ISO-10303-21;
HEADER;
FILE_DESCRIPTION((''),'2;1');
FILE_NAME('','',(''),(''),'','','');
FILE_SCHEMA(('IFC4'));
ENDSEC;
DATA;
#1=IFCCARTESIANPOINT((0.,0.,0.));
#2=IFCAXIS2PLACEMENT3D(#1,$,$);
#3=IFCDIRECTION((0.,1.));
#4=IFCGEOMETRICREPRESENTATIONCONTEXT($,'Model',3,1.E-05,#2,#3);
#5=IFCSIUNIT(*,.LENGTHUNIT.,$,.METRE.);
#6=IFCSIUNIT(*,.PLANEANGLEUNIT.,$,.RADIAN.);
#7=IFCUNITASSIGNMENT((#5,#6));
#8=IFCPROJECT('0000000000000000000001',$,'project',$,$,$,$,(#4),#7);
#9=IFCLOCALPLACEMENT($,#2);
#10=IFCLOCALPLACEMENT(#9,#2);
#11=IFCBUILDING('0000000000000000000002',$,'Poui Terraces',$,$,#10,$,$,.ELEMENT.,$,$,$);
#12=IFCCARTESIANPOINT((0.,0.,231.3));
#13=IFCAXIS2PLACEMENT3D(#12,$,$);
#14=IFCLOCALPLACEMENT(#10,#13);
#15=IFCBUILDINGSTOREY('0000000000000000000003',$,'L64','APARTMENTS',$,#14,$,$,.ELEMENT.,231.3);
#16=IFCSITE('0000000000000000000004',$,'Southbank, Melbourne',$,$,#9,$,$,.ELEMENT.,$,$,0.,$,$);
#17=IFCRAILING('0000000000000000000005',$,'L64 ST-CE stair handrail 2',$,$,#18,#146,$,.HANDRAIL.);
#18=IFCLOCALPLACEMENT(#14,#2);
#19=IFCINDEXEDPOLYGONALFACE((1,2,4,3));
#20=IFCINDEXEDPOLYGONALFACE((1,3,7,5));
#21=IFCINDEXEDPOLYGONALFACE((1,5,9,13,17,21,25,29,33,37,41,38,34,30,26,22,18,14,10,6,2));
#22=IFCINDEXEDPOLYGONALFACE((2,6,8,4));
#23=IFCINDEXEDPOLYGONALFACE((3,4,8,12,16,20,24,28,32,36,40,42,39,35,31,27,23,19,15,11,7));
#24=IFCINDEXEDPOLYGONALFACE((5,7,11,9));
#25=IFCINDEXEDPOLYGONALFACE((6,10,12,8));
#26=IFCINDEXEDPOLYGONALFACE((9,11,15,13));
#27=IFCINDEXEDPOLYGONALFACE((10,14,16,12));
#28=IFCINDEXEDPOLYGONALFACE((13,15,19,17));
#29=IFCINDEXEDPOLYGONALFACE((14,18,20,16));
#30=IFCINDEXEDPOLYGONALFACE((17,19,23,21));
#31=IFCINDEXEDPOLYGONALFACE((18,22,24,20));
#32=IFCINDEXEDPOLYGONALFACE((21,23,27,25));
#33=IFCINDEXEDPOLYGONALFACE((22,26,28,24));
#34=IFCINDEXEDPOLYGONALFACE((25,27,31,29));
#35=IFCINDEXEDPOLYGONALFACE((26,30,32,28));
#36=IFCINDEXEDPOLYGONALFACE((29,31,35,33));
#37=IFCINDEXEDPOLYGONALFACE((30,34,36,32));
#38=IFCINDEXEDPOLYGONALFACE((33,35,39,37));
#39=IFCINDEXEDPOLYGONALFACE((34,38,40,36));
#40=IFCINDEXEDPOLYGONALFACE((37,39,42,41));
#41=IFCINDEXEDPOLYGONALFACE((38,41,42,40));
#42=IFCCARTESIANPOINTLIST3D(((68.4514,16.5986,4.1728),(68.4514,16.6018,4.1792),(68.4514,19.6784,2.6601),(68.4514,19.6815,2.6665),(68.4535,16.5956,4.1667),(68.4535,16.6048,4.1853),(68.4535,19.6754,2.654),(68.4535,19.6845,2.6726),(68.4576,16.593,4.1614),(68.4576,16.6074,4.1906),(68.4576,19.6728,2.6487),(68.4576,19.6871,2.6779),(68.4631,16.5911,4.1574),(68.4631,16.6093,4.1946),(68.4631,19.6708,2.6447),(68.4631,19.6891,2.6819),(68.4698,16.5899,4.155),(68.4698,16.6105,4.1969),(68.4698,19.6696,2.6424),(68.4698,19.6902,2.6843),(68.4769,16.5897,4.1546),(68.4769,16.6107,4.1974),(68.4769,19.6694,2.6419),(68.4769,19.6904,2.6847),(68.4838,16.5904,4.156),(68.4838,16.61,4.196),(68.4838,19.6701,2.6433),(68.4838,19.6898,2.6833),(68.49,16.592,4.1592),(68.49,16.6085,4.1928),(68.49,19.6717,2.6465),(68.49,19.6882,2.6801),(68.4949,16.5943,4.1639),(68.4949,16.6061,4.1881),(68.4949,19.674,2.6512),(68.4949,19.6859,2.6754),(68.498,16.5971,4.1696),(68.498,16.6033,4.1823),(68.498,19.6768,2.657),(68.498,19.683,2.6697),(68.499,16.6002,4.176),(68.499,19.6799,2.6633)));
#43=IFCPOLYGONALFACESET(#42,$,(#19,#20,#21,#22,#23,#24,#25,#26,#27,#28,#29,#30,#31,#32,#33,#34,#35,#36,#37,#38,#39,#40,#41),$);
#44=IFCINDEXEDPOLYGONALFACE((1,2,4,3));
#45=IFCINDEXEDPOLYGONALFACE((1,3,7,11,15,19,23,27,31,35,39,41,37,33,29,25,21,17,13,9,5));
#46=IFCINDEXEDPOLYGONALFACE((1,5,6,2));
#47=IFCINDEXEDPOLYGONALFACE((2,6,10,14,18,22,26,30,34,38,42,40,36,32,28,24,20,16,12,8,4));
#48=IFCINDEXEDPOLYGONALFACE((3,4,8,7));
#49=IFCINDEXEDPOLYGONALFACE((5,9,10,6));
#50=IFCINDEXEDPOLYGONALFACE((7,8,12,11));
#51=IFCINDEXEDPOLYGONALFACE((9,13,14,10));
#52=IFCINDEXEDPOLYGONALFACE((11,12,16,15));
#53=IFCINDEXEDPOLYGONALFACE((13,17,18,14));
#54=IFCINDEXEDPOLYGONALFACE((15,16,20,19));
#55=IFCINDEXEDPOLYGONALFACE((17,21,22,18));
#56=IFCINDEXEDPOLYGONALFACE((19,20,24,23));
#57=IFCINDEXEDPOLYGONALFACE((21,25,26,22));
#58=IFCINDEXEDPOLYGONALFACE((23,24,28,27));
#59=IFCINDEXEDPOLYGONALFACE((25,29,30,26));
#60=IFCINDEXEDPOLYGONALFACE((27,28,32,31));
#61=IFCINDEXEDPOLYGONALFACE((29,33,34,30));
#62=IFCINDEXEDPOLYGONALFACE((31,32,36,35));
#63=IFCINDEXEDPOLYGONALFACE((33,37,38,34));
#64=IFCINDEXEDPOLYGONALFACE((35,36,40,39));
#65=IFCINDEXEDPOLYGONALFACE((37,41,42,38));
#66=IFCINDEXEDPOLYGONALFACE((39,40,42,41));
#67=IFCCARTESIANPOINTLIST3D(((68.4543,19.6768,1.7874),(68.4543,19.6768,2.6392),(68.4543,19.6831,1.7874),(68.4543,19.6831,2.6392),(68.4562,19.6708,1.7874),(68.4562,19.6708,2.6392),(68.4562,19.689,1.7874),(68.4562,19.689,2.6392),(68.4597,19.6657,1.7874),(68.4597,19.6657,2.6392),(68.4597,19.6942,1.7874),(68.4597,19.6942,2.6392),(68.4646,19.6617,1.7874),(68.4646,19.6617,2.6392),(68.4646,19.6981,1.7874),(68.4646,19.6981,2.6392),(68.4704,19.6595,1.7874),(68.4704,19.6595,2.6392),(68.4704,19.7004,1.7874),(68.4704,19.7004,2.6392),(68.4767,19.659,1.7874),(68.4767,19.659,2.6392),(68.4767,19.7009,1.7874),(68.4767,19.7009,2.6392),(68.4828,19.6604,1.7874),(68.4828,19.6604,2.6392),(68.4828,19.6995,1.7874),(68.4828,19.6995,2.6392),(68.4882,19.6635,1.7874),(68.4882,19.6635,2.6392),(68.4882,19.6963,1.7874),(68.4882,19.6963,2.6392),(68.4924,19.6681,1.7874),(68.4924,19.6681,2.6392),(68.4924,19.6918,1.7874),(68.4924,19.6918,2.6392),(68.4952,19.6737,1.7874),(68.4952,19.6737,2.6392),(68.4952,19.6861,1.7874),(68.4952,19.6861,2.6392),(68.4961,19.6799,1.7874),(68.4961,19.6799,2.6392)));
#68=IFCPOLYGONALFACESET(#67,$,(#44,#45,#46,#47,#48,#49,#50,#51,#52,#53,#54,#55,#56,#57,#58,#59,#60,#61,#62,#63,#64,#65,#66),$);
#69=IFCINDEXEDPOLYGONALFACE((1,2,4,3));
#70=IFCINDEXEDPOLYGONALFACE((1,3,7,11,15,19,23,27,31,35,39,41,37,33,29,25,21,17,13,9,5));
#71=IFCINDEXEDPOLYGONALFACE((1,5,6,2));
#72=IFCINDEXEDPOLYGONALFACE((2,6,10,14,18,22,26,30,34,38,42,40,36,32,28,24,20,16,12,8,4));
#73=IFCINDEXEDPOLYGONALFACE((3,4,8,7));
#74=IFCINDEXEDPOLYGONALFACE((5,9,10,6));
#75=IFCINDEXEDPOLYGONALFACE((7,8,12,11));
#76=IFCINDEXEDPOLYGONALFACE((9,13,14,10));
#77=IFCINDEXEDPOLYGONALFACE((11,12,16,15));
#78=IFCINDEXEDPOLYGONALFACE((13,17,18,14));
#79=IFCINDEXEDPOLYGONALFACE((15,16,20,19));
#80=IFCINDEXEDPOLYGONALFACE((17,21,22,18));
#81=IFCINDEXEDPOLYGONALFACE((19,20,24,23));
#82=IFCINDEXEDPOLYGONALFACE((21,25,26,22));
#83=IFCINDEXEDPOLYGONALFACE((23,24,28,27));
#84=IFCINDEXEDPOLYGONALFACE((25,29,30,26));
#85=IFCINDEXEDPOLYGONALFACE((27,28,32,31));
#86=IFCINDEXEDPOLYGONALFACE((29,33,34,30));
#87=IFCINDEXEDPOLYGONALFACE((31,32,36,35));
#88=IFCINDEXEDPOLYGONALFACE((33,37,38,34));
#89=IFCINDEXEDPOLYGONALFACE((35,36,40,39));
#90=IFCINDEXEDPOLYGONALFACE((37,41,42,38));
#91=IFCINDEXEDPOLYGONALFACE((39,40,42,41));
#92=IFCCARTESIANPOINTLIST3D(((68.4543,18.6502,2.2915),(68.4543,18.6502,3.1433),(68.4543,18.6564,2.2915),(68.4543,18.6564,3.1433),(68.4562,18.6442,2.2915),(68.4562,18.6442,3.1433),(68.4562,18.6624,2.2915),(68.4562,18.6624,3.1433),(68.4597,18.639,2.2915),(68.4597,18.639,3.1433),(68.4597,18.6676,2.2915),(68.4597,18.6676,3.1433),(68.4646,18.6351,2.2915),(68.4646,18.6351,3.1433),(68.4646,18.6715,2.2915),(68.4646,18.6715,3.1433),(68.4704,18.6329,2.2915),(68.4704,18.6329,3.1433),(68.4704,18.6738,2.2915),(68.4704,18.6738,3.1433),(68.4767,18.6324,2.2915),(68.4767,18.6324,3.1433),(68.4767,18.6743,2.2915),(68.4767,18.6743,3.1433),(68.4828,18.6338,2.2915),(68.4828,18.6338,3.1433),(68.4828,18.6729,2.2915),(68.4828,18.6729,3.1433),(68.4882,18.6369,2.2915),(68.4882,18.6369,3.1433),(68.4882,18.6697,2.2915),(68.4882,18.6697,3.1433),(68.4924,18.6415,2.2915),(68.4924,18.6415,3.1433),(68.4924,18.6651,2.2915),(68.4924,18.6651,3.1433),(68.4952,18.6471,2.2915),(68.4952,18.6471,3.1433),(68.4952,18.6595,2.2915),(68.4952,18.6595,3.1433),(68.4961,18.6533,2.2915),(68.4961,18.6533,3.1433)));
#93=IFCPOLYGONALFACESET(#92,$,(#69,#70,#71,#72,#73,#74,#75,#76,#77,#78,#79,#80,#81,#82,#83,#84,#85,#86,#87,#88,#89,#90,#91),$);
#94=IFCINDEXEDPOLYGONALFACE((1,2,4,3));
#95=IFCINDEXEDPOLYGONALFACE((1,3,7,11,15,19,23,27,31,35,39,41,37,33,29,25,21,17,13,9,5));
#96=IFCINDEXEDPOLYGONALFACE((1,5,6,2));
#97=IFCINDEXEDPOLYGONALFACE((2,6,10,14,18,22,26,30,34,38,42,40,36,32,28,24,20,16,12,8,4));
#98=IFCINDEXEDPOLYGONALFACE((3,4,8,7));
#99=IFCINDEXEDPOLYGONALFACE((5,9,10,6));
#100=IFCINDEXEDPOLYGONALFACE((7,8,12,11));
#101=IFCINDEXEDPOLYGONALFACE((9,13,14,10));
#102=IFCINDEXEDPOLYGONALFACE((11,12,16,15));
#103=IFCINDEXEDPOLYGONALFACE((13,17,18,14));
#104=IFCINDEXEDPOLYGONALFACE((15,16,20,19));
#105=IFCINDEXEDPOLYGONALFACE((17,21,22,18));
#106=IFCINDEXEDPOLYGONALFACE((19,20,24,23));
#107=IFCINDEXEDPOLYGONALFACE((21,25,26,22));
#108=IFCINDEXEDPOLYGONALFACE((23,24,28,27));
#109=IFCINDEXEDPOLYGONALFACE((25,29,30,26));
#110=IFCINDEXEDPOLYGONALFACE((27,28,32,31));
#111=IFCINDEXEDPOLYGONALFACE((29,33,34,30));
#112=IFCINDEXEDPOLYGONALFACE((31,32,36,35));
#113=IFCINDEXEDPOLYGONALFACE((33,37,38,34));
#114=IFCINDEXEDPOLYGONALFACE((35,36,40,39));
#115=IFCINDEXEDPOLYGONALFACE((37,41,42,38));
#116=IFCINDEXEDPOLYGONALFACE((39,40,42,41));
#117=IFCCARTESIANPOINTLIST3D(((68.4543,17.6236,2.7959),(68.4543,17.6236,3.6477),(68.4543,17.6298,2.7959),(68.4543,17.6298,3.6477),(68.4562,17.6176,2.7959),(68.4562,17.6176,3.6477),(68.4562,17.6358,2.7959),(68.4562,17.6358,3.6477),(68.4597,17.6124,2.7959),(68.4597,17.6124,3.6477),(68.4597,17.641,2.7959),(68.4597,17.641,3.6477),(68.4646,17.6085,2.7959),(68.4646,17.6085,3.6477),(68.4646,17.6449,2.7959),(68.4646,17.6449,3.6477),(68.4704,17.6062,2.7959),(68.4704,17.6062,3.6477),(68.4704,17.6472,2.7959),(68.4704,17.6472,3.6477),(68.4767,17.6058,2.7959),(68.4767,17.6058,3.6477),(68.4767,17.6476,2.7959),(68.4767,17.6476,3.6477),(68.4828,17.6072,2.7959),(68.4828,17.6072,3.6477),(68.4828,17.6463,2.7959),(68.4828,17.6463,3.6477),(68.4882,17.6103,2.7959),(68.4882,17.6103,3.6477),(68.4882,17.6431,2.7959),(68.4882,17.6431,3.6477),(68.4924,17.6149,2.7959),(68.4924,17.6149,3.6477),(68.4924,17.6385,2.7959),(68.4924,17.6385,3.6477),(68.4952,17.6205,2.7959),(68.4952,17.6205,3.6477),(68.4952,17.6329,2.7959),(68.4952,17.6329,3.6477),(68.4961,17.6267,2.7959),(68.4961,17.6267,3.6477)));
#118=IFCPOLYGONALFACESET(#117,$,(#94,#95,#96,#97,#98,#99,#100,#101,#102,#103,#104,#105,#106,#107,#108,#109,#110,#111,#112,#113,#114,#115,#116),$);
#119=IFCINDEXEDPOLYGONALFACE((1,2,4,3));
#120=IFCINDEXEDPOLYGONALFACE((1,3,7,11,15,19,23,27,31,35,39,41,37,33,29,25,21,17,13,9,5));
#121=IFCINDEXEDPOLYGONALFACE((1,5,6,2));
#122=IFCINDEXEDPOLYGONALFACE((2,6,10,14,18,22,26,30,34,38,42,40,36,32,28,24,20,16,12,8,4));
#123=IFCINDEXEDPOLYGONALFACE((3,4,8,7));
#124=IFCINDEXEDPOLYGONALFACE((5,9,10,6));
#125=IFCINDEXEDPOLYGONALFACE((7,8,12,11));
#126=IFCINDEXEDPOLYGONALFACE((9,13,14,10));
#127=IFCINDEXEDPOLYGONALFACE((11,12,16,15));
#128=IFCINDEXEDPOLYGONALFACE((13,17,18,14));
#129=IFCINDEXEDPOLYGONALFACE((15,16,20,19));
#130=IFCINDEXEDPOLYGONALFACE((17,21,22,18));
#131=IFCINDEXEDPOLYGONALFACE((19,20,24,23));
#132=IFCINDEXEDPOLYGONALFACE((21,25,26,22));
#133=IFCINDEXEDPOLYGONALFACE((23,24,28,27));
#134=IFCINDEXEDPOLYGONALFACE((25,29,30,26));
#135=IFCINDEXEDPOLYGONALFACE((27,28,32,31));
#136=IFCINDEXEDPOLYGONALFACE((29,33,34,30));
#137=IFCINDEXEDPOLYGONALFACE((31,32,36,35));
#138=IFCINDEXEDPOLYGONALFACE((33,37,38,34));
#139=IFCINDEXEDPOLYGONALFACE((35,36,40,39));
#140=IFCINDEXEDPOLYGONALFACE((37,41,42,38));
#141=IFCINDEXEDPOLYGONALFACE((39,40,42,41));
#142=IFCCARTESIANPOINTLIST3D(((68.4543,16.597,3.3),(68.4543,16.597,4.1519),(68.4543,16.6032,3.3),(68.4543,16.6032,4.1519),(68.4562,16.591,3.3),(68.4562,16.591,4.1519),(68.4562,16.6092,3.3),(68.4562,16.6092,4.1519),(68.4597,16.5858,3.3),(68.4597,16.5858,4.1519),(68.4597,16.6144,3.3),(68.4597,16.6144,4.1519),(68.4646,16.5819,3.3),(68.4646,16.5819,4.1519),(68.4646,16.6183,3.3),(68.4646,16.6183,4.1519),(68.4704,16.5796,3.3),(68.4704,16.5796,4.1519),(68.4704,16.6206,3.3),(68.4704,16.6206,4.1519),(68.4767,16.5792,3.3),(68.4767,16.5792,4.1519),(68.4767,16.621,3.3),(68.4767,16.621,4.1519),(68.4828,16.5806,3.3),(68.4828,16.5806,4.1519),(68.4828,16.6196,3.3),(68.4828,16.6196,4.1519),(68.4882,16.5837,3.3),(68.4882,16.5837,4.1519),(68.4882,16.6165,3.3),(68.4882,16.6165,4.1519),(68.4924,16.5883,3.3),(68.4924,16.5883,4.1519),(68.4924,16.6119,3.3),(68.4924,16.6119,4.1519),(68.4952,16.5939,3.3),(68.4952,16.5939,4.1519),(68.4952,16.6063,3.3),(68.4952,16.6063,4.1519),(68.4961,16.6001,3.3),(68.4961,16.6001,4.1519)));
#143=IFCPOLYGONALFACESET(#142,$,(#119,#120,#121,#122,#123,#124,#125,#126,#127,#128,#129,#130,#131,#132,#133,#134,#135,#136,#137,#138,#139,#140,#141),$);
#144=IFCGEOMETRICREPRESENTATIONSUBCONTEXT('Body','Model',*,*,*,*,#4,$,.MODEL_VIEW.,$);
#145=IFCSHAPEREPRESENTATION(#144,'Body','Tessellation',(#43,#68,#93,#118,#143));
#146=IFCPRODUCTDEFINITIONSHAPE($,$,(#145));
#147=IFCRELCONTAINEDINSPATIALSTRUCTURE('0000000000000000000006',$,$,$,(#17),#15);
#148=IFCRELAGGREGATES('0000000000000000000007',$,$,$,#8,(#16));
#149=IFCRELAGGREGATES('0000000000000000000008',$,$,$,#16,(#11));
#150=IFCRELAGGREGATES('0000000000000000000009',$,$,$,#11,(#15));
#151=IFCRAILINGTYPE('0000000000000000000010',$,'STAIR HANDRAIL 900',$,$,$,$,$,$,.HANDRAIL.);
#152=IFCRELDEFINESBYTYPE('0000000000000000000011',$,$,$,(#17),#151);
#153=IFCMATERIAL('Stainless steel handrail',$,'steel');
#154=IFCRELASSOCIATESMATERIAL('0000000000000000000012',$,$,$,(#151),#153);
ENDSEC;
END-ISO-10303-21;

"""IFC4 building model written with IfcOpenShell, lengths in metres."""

from ifc_helpers import new_model, si_unit, direction, frame, origin, origin_2d, place, context, subcontext, project, spatial, circle, extrude, material, type_object, element, save


model = new_model("IFC4")

# Units and contexts
model_context = context("Model", 3, precision=1e-05, world=origin(), true_north=direction((0.0, 1.0)))
body_context = subcontext(model_context, "Body", "Model", "MODEL_VIEW")
ifc_project = project(units=[si_unit("LENGTHUNIT", "METRE"), si_unit("PLANEANGLEUNIT", "RADIAN")], contexts=[model_context])

# Site, building, storey
site_placement = place(None, origin())
site = spatial("IfcSite", under=ifc_project, at=site_placement, Name="Southbank, Melbourne", CompositionType="ELEMENT", RefElevation=0.0)
building_placement = place(site_placement, origin())
building = spatial("IfcBuilding", under=site, at=building_placement, Name="Poui Terraces", CompositionType="ELEMENT")
storey_placement = place(building_placement, frame((0.0, 0.0, 231.3)))
storey = spatial("IfcBuildingStorey", under=building, at=storey_placement, Name="L64", Description="APARTMENTS", CompositionType="ELEMENT", Elevation=231.3)

# Railing
ifc_material_1 = material(Name="Stainless steel handrail", Category="steel")
railing_type_1 = type_object("IfcRailingType", Name="STAIR HANDRAIL 900", PredefinedType="HANDRAIL", material=ifc_material_1)
railing_1_placement = place(storey_placement, frame((68.4751, 19.6799, 1.7874)))
element("IfcRailing", 1, at=railing_1_placement, inside=storey, type_object=railing_type_1, Name="L64 ST-CE stair handrail 2", PredefinedType="HANDRAIL", context=body_context, shape_type="SweptSolid", body=[
    extrude(circle(Radius=0.0239, at=origin_2d()), frame((0.0, 0.0, 0.876), z_axis=(0.0, -0.897578, 0.440856), x_axis=(1.0, 0.0, 0.0)), (0.0, 0.0, 1.0), 3.4312),
    extrude(circle(Radius=0.021, at=origin_2d()), origin(), (0.0, 0.0, 1.0), 0.8518),
    extrude(circle(Radius=0.021, at=origin_2d()), frame((0.0, -1.0266, 0.5042)), (0.0, 0.0, 1.0), 0.8518),
    extrude(circle(Radius=0.021, at=origin_2d()), frame((0.0, -2.0532, 1.0085)), (0.0, 0.0, 1.0), 0.8518),
    extrude(circle(Radius=0.021, at=origin_2d()), frame((0.0, -3.0798, 1.5127)), (0.0, 0.0, 1.0), 0.8518),
])

save(model, "model.ifc")
